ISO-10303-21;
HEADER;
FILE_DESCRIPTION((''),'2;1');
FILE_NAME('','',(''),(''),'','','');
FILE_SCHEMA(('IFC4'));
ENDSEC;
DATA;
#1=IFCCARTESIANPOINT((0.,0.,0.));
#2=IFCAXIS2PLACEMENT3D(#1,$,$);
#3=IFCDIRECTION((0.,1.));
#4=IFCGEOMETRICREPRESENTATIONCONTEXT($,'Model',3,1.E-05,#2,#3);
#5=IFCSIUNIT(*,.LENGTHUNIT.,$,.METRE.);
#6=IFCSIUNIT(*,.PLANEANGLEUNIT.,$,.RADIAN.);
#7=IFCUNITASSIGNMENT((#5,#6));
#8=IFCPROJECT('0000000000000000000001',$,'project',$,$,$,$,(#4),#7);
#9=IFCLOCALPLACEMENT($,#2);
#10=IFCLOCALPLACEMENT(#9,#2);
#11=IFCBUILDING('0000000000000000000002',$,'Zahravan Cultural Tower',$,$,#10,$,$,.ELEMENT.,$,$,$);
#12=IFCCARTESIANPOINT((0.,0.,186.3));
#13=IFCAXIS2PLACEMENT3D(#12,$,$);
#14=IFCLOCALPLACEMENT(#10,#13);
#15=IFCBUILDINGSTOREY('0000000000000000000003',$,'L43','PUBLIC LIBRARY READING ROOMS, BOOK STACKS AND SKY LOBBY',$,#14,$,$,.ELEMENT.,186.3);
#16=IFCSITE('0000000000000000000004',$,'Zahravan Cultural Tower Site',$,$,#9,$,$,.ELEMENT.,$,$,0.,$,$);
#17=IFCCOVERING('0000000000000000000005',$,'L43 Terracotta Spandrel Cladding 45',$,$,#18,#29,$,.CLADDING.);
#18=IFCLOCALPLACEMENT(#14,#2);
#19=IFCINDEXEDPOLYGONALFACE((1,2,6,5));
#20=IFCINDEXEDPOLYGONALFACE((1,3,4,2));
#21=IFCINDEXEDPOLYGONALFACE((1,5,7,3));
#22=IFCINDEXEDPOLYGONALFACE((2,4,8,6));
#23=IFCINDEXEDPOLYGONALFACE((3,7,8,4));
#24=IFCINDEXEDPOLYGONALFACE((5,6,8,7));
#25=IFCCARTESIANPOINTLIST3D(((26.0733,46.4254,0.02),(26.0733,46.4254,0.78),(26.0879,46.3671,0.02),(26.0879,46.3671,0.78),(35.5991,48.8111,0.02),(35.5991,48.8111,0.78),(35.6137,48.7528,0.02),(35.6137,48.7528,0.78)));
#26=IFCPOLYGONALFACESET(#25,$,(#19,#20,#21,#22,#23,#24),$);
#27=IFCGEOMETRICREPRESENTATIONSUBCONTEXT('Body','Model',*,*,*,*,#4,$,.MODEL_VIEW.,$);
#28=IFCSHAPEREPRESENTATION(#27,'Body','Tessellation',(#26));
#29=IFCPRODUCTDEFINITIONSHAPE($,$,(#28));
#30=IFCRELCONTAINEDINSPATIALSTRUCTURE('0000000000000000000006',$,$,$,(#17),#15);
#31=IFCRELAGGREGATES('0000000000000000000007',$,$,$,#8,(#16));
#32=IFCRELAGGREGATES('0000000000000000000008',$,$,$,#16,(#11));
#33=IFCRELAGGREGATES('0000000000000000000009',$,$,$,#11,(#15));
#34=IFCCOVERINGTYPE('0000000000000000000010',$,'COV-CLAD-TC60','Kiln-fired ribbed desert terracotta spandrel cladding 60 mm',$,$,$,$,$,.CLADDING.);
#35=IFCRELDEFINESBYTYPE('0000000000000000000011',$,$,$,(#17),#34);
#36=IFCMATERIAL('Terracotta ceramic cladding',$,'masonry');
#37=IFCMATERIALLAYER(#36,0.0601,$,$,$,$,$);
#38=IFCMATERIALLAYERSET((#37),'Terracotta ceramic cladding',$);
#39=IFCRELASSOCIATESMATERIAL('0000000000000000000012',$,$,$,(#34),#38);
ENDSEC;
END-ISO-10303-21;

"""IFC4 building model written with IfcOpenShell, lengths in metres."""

from ifc_helpers import new_model, si_unit, direction, frame, origin, origin_2d, place, context, subcontext, project, spatial, rectangle, extrude, source, transform, mapped, material, layer, layer_set, type_object, element, save


model = new_model("IFC4")

# Units and contexts
model_context = context("Model", 3, precision=1e-05, world=origin(), true_north=direction((0.0, 1.0)))
body_context = subcontext(model_context, "Body", "Model", "MODEL_VIEW")
ifc_project = project(units=[si_unit("LENGTHUNIT", "METRE"), si_unit("PLANEANGLEUNIT", "RADIAN")], contexts=[model_context])

# Site, building, storey
site_placement = place(None, origin())
site = spatial("IfcSite", under=ifc_project, at=site_placement, Name="Zahravan Cultural Tower Site", CompositionType="ELEMENT", RefElevation=0.0)
building_placement = place(site_placement, origin())
building = spatial("IfcBuilding", under=site, at=building_placement, Name="Zahravan Cultural Tower", CompositionType="ELEMENT")
storey_placement = place(building_placement, frame((0.0, 0.0, 186.3)))
storey = spatial("IfcBuildingStorey", under=building, at=storey_placement, Name="L43", Description="PUBLIC LIBRARY READING ROOMS, BOOK STACKS AND SKY LOBBY", CompositionType="ELEMENT", Elevation=186.3)

# Covering
ifc_material_1 = material(Name="Terracotta ceramic cladding", Category="masonry")
ifc_layer_1 = layer(ifc_material_1, 0.0601)
ifc_layer_set_1 = layer_set([ifc_layer_1], Name="Terracotta ceramic cladding")
covering_type = type_object("IfcCoveringType", Name="COV-CLAD-TC60", Description="Kiln-fired ribbed desert terracotta spandrel cladding 60 mm", PredefinedType="CLADDING", material=ifc_layer_set_1)
shared_shape_1 = source(origin(), body_context, "Body", "SweptSolid", [
    extrude(rectangle(XDim=9.8201, YDim=0.0601, at=origin_2d()), origin(), (0.0, 0.0, 1.0), 0.76),
])
covering_placement = place(storey_placement, frame((30.8435, 47.5891, 0.02), z_axis=(0.0, 0.0, 1.0), x_axis=(0.970042, 0.242938, 0.0)))
element("IfcCovering", 1, at=covering_placement, inside=storey, type_object=covering_type, Name="L43 Terracotta Spandrel Cladding 45", PredefinedType="CLADDING", context=body_context, shape_type="MappedRepresentation", body=[
    mapped(shared_shape_1, transform((0.0, 0.0, 0.0), x_axis=(1.0, 0.0, 0.0), y_axis=(0.0, 1.0, 0.0), z_axis=(0.0, 0.0, 1.0), scale=1.0)),
])

save(model, "model.ifc")
